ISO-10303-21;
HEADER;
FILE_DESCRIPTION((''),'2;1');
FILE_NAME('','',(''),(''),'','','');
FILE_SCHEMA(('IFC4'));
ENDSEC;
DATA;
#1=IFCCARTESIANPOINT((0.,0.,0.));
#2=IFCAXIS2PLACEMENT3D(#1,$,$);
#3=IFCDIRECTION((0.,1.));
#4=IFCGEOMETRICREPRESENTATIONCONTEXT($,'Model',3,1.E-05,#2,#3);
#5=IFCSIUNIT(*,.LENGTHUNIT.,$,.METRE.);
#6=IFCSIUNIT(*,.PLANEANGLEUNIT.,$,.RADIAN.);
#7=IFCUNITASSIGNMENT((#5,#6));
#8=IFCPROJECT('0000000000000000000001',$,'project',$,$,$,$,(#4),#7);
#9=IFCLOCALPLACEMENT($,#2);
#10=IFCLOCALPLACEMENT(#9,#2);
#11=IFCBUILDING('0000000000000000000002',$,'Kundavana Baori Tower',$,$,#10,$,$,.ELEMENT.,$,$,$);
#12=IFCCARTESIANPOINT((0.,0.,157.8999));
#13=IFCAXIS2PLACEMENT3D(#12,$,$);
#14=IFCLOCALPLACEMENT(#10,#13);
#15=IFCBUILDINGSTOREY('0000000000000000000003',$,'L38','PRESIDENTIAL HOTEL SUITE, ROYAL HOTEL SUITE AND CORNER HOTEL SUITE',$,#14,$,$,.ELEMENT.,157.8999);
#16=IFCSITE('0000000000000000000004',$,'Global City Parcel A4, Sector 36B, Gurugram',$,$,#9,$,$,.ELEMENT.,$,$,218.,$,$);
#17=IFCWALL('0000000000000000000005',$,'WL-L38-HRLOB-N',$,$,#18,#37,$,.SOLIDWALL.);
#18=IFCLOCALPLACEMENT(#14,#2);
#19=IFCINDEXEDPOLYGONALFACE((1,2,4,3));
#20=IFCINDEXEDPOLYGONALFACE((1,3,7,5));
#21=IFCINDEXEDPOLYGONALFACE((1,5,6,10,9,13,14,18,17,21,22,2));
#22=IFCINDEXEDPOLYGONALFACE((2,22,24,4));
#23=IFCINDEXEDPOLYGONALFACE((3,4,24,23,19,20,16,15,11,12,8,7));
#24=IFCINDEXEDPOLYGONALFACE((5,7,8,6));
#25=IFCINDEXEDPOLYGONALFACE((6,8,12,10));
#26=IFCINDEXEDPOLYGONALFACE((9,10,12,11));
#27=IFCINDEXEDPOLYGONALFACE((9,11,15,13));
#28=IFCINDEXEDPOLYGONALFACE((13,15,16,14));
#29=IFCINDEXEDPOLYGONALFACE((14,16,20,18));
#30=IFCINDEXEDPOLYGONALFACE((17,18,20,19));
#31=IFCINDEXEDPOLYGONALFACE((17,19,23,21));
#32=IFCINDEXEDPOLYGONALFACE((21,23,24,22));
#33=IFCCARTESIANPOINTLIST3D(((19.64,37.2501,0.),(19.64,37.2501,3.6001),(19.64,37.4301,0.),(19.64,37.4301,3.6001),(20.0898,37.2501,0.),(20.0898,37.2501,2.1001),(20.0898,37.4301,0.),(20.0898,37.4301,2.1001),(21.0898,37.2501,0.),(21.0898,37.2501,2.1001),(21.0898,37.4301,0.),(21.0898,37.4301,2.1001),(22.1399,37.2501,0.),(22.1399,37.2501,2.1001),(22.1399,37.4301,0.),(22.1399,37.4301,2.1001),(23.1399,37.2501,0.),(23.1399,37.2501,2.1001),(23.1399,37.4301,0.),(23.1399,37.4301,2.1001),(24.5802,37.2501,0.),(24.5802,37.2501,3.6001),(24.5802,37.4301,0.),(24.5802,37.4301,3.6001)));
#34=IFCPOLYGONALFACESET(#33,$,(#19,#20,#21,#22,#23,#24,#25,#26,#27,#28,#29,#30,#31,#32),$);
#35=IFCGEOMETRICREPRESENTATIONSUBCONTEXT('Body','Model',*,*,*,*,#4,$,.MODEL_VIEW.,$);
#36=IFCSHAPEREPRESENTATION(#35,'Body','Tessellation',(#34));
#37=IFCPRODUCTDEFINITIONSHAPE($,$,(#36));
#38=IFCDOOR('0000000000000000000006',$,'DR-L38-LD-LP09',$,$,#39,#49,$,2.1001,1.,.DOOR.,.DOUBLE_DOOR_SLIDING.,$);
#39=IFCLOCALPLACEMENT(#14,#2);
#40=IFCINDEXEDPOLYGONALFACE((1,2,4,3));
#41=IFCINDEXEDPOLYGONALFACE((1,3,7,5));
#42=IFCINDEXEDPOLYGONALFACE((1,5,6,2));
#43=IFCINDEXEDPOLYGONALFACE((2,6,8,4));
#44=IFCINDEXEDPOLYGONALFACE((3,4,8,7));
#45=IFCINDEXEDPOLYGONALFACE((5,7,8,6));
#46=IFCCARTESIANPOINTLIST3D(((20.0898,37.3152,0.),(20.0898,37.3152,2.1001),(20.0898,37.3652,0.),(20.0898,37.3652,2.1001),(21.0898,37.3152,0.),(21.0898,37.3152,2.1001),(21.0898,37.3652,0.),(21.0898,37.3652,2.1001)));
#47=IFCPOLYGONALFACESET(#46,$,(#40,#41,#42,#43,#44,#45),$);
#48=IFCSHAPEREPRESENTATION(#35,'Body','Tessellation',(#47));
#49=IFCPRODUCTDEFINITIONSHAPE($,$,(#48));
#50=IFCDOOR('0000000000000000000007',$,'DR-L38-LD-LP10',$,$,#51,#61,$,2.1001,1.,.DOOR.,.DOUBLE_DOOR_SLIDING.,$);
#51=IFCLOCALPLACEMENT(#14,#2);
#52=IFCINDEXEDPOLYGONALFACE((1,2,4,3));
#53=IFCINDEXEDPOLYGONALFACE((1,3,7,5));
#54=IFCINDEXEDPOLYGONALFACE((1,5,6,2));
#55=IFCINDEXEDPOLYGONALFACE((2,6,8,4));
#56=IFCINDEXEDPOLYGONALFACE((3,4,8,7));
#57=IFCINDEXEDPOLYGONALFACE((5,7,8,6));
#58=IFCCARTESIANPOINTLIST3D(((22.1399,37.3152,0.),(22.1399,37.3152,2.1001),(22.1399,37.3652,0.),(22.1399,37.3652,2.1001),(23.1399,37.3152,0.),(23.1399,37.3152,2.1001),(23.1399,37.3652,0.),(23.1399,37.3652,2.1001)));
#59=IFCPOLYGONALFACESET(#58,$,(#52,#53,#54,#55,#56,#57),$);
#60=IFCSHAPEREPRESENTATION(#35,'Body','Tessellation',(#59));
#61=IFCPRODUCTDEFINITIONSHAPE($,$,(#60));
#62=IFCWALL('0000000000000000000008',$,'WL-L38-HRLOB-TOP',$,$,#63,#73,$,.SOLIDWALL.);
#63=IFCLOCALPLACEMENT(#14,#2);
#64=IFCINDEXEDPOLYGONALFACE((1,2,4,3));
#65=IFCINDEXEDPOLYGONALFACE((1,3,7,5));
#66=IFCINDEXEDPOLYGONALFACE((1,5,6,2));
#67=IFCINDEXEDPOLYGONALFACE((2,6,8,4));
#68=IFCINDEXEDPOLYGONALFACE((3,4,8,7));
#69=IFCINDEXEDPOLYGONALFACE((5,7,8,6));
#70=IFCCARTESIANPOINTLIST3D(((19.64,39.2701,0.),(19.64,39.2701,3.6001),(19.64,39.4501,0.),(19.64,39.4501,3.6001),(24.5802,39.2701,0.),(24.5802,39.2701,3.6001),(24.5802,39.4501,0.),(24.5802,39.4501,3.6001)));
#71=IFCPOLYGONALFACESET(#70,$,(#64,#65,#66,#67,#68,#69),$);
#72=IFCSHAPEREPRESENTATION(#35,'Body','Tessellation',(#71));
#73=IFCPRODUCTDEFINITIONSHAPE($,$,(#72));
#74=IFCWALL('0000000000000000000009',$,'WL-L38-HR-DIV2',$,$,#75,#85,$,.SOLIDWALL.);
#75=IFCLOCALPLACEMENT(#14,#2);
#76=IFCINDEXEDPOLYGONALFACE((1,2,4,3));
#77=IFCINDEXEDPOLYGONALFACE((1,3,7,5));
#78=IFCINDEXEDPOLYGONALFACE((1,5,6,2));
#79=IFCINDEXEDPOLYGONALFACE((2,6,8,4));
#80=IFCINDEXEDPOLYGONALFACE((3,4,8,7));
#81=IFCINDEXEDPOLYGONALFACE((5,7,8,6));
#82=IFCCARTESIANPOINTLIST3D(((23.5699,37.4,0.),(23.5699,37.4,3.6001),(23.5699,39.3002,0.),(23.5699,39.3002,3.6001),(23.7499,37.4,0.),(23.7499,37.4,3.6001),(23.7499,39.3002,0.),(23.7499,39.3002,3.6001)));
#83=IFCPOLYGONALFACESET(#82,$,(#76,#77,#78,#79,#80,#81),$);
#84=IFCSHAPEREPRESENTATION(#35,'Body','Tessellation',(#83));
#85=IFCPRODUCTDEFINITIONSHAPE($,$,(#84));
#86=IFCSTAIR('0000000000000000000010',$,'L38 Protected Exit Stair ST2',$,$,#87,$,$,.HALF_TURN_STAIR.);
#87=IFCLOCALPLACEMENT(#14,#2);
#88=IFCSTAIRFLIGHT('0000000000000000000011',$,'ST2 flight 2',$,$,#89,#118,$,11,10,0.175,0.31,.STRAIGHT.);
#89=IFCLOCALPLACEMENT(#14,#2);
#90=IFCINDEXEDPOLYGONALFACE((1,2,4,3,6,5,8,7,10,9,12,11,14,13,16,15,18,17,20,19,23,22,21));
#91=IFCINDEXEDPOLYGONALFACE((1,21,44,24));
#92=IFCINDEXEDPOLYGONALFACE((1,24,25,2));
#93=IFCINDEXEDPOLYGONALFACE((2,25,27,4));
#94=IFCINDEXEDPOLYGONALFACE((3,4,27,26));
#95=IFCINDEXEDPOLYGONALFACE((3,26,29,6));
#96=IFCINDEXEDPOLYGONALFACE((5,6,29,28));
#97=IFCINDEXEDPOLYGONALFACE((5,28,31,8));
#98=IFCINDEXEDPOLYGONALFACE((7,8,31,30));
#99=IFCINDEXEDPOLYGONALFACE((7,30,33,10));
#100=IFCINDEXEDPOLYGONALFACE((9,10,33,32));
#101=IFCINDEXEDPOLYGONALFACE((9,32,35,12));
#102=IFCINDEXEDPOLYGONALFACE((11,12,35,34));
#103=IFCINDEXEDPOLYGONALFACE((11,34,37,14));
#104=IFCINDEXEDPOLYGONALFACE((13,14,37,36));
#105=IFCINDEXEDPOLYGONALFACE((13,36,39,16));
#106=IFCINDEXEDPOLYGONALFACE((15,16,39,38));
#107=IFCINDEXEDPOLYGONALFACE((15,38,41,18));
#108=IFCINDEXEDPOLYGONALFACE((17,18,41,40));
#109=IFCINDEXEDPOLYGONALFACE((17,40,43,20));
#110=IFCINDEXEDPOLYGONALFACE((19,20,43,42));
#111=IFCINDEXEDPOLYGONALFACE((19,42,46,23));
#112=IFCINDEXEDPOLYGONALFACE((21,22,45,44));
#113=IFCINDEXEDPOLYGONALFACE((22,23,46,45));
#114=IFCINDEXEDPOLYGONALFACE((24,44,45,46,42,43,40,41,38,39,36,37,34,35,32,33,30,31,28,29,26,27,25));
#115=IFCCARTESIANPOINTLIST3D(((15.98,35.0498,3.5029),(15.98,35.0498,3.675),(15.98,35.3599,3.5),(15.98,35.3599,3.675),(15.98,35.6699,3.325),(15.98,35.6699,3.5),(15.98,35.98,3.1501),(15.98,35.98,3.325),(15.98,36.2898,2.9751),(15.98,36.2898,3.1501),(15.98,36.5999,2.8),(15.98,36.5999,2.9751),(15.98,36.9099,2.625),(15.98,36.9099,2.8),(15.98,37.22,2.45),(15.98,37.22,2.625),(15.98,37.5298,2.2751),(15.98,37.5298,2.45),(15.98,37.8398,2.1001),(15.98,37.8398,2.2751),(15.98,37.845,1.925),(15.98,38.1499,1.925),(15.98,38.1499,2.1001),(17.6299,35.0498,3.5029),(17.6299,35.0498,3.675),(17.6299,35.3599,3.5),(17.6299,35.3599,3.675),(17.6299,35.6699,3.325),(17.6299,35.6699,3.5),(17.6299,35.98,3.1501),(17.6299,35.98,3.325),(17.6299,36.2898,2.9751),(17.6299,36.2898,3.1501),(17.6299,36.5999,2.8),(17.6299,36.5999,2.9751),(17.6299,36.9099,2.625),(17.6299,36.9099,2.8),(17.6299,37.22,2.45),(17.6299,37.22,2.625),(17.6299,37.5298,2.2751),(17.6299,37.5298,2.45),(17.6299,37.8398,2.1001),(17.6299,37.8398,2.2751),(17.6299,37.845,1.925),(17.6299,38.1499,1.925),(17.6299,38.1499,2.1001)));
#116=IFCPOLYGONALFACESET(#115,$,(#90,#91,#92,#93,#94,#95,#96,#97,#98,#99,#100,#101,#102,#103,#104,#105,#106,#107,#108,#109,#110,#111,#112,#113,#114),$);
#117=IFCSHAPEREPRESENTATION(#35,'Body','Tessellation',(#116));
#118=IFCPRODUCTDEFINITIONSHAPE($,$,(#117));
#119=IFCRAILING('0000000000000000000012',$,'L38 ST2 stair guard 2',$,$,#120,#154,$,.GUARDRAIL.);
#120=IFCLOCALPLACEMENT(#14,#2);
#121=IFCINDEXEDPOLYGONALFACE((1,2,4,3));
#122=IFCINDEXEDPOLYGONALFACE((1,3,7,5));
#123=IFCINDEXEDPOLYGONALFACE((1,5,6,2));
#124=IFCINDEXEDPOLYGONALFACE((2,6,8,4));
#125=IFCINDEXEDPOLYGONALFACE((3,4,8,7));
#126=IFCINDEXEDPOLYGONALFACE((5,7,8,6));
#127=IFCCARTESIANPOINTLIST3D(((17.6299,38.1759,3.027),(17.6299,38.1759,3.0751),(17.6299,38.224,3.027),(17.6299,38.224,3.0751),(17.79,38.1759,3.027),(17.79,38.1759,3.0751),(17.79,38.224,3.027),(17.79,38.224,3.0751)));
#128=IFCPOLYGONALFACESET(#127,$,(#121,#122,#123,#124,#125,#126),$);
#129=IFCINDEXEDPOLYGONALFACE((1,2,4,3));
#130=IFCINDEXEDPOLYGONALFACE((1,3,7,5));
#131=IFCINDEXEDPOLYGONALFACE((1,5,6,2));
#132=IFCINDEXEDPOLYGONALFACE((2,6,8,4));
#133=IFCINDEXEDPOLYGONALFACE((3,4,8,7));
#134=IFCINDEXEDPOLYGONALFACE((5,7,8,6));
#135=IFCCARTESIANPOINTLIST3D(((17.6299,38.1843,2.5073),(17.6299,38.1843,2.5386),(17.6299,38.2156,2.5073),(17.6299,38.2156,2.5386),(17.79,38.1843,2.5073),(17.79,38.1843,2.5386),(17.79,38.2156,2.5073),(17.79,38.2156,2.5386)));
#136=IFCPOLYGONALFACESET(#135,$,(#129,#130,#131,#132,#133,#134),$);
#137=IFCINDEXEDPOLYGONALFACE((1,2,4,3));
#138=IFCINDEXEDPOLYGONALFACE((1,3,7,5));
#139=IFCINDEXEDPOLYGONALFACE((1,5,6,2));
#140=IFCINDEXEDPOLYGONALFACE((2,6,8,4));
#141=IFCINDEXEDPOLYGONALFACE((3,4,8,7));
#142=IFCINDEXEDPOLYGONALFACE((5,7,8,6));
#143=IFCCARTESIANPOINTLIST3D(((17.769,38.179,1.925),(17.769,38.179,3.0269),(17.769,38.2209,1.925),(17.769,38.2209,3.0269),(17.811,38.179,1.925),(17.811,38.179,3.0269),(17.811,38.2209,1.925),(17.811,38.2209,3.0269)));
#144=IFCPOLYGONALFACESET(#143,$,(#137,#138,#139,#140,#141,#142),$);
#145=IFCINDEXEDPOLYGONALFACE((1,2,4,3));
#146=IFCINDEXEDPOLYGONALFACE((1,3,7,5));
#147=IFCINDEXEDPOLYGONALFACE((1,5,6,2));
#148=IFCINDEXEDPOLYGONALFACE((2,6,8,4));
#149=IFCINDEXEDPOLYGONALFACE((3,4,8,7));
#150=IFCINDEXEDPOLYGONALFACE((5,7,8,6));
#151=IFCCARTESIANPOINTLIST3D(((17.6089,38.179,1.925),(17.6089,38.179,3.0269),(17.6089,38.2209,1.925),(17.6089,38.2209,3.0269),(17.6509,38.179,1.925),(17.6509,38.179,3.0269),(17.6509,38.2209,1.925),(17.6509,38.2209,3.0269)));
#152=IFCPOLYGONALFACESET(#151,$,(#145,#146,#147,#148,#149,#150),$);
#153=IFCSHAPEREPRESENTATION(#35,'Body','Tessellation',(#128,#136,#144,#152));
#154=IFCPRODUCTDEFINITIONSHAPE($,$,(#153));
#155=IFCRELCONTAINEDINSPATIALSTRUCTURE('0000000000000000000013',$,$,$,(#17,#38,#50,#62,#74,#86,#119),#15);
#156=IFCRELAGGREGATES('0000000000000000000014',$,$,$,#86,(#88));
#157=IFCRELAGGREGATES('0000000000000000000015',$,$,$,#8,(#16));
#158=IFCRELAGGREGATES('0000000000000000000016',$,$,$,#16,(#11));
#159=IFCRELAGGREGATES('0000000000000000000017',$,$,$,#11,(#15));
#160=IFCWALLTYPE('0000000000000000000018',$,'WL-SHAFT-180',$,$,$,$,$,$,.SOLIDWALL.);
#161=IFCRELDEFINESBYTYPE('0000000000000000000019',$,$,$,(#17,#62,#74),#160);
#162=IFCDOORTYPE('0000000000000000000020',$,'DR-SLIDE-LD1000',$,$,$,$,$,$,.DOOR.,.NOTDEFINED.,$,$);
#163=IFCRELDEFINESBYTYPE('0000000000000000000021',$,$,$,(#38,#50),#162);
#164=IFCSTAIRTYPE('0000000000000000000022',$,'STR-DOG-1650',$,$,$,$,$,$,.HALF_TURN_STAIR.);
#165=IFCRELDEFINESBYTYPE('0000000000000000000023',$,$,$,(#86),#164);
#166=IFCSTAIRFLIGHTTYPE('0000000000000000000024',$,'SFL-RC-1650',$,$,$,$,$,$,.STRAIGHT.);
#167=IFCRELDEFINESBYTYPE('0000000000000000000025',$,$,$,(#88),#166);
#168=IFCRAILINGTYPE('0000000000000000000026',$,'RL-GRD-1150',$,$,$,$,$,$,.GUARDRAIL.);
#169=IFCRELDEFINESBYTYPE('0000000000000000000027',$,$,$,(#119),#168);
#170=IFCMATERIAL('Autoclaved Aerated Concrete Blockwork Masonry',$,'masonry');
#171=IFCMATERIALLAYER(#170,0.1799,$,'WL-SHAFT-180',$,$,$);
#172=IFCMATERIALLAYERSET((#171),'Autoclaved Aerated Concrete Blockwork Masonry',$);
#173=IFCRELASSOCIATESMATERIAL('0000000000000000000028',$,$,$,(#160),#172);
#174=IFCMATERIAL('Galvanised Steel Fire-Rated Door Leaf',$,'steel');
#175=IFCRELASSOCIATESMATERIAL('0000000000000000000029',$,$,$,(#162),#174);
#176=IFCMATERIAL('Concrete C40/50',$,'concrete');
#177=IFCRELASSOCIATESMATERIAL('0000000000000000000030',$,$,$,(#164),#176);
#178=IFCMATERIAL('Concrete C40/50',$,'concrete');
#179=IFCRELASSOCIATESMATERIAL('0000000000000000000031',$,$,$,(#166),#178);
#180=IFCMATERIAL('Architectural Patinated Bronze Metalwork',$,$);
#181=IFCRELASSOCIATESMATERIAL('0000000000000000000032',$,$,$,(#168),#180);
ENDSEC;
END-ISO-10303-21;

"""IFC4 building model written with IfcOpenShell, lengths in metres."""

from ifc_helpers import new_model, si_unit, direction, frame, frame_2d, origin, origin_2d, place, context, subcontext, project, spatial, polyline, rectangle, outline, extrude, material, layer, layer_set, type_object, element, fill, aggregate, save


model = new_model("IFC4")

# Units and contexts
model_context = context("Model", 3, precision=1e-05, world=origin(), true_north=direction((0.0, 1.0)))
body_context = subcontext(model_context, "Body", "Model", "MODEL_VIEW")
ifc_project = project(units=[si_unit("LENGTHUNIT", "METRE"), si_unit("PLANEANGLEUNIT", "RADIAN")], contexts=[model_context])

# Site, building, storey
site_placement = place(None, origin())
site = spatial("IfcSite", under=ifc_project, at=site_placement, Name="Global City Parcel A4, Sector 36B, Gurugram", CompositionType="ELEMENT", RefElevation=218.0)
building_placement = place(site_placement, origin())
building = spatial("IfcBuilding", under=site, at=building_placement, Name="Kundavana Baori Tower", CompositionType="ELEMENT")
storey_placement = place(building_placement, frame((0.0, 0.0, 157.8999)))
storey = spatial("IfcBuildingStorey", under=building, at=storey_placement, Name="L38", Description="PRESIDENTIAL HOTEL SUITE, ROYAL HOTEL SUITE AND CORNER HOTEL SUITE", CompositionType="ELEMENT", Elevation=157.8999)

# Shared definitions
ifc_material_1 = material(Name="Autoclaved Aerated Concrete Blockwork Masonry", Category="masonry")
ifc_layer_1 = layer(ifc_material_1, 0.1799, Name="WL-SHAFT-180")
ifc_layer_set_1 = layer_set([ifc_layer_1], Name="Autoclaved Aerated Concrete Blockwork Masonry")
wall_type_1 = type_object("IfcWallType", Name="WL-SHAFT-180", PredefinedType="SOLIDWALL", material=ifc_layer_set_1)
ifc_material_2 = material(Name="Galvanised Steel Fire-Rated Door Leaf", Category="steel")
door_type_1 = type_object("IfcDoorType", Name="DR-SLIDE-LD1000", OperationType="NOTDEFINED", PredefinedType="DOOR", material=ifc_material_2)

# Wall, openings, doors
wall_1_placement = place(storey_placement, frame((19.6399, 37.3401, 0.0), z_axis=(0.0, 0.0, 1.0), x_axis=(1.0, 0.0, 0.0)))
wall_1 = element("IfcWall", 1, at=wall_1_placement, inside=storey, type_object=wall_type_1, Name="WL-L38-HRLOB-N", PredefinedType="SOLIDWALL", context=body_context, shape_type="SweptSolid", body=[
    extrude(rectangle(XDim=4.9402, YDim=0.1799, at=frame_2d((2.4702, 0.0))), origin(), (0.0, 0.0, 1.0), 3.6001),
])
opening_1_placement = place(wall_1_placement, frame((0.45, 0.0, 0.0)))
opening_1 = element("IfcOpeningElement", 2, at=opening_1_placement, cuts=wall_1, PredefinedType="OPENING", context=body_context, shape_type="SweptSolid", body=[
    extrude(rectangle(XDim=1.0, YDim=2.1001, at=frame_2d((0.5, 1.05))), frame((0.0, 0.1001, 0.0), z_axis=(0.0, -1.0, 0.0), x_axis=(1.0, 0.0, 0.0)), (0.0, 0.0, 1.0), 0.2),
])
opening_2_placement = place(wall_1_placement, frame((2.5, 0.0, 0.0)))
opening_2 = element("IfcOpeningElement", 3, at=opening_2_placement, cuts=wall_1, PredefinedType="OPENING", context=body_context, shape_type="SweptSolid", body=[
    extrude(rectangle(XDim=1.0, YDim=2.1001, at=frame_2d((0.5, 1.05))), frame((0.0, 0.1001, 0.0), z_axis=(0.0, -1.0, 0.0), x_axis=(1.0, 0.0, 0.0)), (0.0, 0.0, 1.0), 0.2),
])
door_1_placement = place(opening_1_placement, frame((1.0, 0.0, 0.0), z_axis=(0.0, 0.0, 1.0), x_axis=(-1.0, 0.0, 0.0)))
door_1 = element("IfcDoor", 4, at=door_1_placement, inside=storey, type_object=door_type_1, Name="DR-L38-LD-LP09", OperationType="DOUBLE_DOOR_SLIDING", OverallHeight=2.1001, OverallWidth=1.0, PredefinedType="DOOR", context=body_context, shape_type="SweptSolid", body=[
    extrude(rectangle(XDim=1.0, YDim=2.1001, at=frame_2d((0.5, 1.05))), frame((0.0, 0.0249, 0.0), z_axis=(0.0, -1.0, 0.0), x_axis=(1.0, 0.0, 0.0)), (0.0, 0.0, 1.0), 0.05),
])
fill(opening_1, door_1)
door_2_placement = place(opening_2_placement, frame((1.0, 0.0, 0.0), z_axis=(0.0, 0.0, 1.0), x_axis=(-1.0, 0.0, 0.0)))
door_2 = element("IfcDoor", 5, at=door_2_placement, inside=storey, type_object=door_type_1, Name="DR-L38-LD-LP10", OperationType="DOUBLE_DOOR_SLIDING", OverallHeight=2.1001, OverallWidth=1.0, PredefinedType="DOOR", context=body_context, shape_type="SweptSolid", body=[
    extrude(rectangle(XDim=1.0, YDim=2.1001, at=frame_2d((0.5, 1.05))), frame((0.0, 0.0249, 0.0), z_axis=(0.0, -1.0, 0.0), x_axis=(1.0, 0.0, 0.0)), (0.0, 0.0, 1.0), 0.05),
])
fill(opening_2, door_2)

# Walls
wall_2_placement = place(storey_placement, frame((19.6399, 39.3601, 0.0), z_axis=(0.0, 0.0, 1.0), x_axis=(1.0, 0.0, 0.0)))
element("IfcWall", 6, at=wall_2_placement, inside=storey, type_object=wall_type_1, Name="WL-L38-HRLOB-TOP", PredefinedType="SOLIDWALL", context=body_context, shape_type="SweptSolid", body=[
    extrude(rectangle(XDim=4.9402, YDim=0.1799, at=frame_2d((2.4702, 0.0))), origin(), (0.0, 0.0, 1.0), 3.6001),
])
wall_3_placement = place(storey_placement, frame((23.6599, 37.3999, 0.0), z_axis=(0.0, 0.0, 1.0), x_axis=(0.0, 1.0, 0.0)))
element("IfcWall", 7, at=wall_3_placement, inside=storey, type_object=wall_type_1, Name="WL-L38-HR-DIV2", PredefinedType="SOLIDWALL", context=body_context, shape_type="SweptSolid", body=[
    extrude(rectangle(XDim=1.9001, YDim=0.1799, at=frame_2d((0.9502, 0.0))), origin(), (0.0, 0.0, 1.0), 3.6001),
])

# Stair, stair flight
ifc_material_3 = material(Name="Concrete C40/50", Category="concrete")
stair_type = type_object("IfcStairType", Name="STR-DOG-1650", PredefinedType="HALF_TURN_STAIR", material=ifc_material_3)
stair_placement = place(storey_placement, origin())
stair = element("IfcStair", 8, at=stair_placement, inside=storey, type_object=stair_type, Name="L38 Protected Exit Stair ST2", PredefinedType="HALF_TURN_STAIR")
ifc_material_4 = material(Name="Concrete C40/50", Category="concrete")
stair_flight_type = type_object("IfcStairFlightType", Name="SFL-RC-1650", PredefinedType="STRAIGHT", material=ifc_material_4)
stair_flight_placement = place(storey_placement, frame((16.8049, 38.1499, 1.925), z_axis=(0.0, 0.0, 1.0), x_axis=(0.0, -1.0, 0.0)))
stair_flight = element("IfcStairFlight", 9, at=stair_flight_placement, type_object=stair_flight_type, Name="ST2 flight 2", NumberOfRisers=11, NumberOfTreads=10, PredefinedType="STRAIGHT", RiserHeight=0.175, TreadLength=0.31, context=body_context, shape_type="SweptSolid", body=[
    extrude(outline(polyline([(0.0, 0.0), (0.0, 0.175), (0.3101, 0.175), (0.3101, 0.3501), (0.6201, 0.3501), (0.6201, 0.5249), (0.9299, 0.5249), (0.9299, 0.7), (1.24, 0.7), (1.24, 0.875), (1.55, 0.875), (1.55, 1.05), (1.8601, 1.05), (1.8601, 1.2251), (2.1699, 1.2251), (2.1699, 1.3999), (2.48, 1.3999), (2.48, 1.575), (2.79, 1.575), (2.79, 1.75), (3.1001, 1.75), (3.1001, 1.925), (3.1001, 1.5779), (0.3049, 0.0), (0.0, 0.0)])), frame((0.0, 0.825, 0.0), z_axis=(0.0, -1.0, 0.0), x_axis=(1.0, 0.0, 0.0)), (0.0, 0.0, 1.0), 1.6499),
])
aggregate(stair, [stair_flight])

# Railing
ifc_material_5 = material(Name="Architectural Patinated Bronze Metalwork")
railing_type_1 = type_object("IfcRailingType", Name="RL-GRD-1150", PredefinedType="GUARDRAIL", material=ifc_material_5)
railing_1_placement = place(storey_placement, frame((17.79, 38.2, 1.925)))
element("IfcRailing", 10, at=railing_1_placement, inside=storey, type_object=railing_type_1, Name="L38 ST2 stair guard 2", PredefinedType="GUARDRAIL", context=body_context, shape_type="SweptSolid", body=[
    extrude(rectangle(XDim=0.0481, YDim=0.0481, at=origin_2d()), frame((0.0, 0.0, 1.126), z_axis=(-1.0, 0.0, 0.0), x_axis=(0.0, -1.0, 0.0)), (0.0, 0.0, 1.0), 0.1602),
    extrude(rectangle(XDim=0.0312, YDim=0.0312, at=origin_2d()), frame((0.0, 0.0, 0.5979), z_axis=(-1.0, 0.0, 0.0), x_axis=(0.0, -1.0, 0.0)), (0.0, 0.0, 1.0), 0.1602),
    extrude(rectangle(XDim=0.042, YDim=0.042, at=origin_2d()), origin(), (0.0, 0.0, 1.0), 1.1018),
    extrude(rectangle(XDim=0.042, YDim=0.042, at=origin_2d()), frame((-0.1602, 0.0, 0.0)), (0.0, 0.0, 1.0), 1.1018),
])

save(model, "model.ifc")
